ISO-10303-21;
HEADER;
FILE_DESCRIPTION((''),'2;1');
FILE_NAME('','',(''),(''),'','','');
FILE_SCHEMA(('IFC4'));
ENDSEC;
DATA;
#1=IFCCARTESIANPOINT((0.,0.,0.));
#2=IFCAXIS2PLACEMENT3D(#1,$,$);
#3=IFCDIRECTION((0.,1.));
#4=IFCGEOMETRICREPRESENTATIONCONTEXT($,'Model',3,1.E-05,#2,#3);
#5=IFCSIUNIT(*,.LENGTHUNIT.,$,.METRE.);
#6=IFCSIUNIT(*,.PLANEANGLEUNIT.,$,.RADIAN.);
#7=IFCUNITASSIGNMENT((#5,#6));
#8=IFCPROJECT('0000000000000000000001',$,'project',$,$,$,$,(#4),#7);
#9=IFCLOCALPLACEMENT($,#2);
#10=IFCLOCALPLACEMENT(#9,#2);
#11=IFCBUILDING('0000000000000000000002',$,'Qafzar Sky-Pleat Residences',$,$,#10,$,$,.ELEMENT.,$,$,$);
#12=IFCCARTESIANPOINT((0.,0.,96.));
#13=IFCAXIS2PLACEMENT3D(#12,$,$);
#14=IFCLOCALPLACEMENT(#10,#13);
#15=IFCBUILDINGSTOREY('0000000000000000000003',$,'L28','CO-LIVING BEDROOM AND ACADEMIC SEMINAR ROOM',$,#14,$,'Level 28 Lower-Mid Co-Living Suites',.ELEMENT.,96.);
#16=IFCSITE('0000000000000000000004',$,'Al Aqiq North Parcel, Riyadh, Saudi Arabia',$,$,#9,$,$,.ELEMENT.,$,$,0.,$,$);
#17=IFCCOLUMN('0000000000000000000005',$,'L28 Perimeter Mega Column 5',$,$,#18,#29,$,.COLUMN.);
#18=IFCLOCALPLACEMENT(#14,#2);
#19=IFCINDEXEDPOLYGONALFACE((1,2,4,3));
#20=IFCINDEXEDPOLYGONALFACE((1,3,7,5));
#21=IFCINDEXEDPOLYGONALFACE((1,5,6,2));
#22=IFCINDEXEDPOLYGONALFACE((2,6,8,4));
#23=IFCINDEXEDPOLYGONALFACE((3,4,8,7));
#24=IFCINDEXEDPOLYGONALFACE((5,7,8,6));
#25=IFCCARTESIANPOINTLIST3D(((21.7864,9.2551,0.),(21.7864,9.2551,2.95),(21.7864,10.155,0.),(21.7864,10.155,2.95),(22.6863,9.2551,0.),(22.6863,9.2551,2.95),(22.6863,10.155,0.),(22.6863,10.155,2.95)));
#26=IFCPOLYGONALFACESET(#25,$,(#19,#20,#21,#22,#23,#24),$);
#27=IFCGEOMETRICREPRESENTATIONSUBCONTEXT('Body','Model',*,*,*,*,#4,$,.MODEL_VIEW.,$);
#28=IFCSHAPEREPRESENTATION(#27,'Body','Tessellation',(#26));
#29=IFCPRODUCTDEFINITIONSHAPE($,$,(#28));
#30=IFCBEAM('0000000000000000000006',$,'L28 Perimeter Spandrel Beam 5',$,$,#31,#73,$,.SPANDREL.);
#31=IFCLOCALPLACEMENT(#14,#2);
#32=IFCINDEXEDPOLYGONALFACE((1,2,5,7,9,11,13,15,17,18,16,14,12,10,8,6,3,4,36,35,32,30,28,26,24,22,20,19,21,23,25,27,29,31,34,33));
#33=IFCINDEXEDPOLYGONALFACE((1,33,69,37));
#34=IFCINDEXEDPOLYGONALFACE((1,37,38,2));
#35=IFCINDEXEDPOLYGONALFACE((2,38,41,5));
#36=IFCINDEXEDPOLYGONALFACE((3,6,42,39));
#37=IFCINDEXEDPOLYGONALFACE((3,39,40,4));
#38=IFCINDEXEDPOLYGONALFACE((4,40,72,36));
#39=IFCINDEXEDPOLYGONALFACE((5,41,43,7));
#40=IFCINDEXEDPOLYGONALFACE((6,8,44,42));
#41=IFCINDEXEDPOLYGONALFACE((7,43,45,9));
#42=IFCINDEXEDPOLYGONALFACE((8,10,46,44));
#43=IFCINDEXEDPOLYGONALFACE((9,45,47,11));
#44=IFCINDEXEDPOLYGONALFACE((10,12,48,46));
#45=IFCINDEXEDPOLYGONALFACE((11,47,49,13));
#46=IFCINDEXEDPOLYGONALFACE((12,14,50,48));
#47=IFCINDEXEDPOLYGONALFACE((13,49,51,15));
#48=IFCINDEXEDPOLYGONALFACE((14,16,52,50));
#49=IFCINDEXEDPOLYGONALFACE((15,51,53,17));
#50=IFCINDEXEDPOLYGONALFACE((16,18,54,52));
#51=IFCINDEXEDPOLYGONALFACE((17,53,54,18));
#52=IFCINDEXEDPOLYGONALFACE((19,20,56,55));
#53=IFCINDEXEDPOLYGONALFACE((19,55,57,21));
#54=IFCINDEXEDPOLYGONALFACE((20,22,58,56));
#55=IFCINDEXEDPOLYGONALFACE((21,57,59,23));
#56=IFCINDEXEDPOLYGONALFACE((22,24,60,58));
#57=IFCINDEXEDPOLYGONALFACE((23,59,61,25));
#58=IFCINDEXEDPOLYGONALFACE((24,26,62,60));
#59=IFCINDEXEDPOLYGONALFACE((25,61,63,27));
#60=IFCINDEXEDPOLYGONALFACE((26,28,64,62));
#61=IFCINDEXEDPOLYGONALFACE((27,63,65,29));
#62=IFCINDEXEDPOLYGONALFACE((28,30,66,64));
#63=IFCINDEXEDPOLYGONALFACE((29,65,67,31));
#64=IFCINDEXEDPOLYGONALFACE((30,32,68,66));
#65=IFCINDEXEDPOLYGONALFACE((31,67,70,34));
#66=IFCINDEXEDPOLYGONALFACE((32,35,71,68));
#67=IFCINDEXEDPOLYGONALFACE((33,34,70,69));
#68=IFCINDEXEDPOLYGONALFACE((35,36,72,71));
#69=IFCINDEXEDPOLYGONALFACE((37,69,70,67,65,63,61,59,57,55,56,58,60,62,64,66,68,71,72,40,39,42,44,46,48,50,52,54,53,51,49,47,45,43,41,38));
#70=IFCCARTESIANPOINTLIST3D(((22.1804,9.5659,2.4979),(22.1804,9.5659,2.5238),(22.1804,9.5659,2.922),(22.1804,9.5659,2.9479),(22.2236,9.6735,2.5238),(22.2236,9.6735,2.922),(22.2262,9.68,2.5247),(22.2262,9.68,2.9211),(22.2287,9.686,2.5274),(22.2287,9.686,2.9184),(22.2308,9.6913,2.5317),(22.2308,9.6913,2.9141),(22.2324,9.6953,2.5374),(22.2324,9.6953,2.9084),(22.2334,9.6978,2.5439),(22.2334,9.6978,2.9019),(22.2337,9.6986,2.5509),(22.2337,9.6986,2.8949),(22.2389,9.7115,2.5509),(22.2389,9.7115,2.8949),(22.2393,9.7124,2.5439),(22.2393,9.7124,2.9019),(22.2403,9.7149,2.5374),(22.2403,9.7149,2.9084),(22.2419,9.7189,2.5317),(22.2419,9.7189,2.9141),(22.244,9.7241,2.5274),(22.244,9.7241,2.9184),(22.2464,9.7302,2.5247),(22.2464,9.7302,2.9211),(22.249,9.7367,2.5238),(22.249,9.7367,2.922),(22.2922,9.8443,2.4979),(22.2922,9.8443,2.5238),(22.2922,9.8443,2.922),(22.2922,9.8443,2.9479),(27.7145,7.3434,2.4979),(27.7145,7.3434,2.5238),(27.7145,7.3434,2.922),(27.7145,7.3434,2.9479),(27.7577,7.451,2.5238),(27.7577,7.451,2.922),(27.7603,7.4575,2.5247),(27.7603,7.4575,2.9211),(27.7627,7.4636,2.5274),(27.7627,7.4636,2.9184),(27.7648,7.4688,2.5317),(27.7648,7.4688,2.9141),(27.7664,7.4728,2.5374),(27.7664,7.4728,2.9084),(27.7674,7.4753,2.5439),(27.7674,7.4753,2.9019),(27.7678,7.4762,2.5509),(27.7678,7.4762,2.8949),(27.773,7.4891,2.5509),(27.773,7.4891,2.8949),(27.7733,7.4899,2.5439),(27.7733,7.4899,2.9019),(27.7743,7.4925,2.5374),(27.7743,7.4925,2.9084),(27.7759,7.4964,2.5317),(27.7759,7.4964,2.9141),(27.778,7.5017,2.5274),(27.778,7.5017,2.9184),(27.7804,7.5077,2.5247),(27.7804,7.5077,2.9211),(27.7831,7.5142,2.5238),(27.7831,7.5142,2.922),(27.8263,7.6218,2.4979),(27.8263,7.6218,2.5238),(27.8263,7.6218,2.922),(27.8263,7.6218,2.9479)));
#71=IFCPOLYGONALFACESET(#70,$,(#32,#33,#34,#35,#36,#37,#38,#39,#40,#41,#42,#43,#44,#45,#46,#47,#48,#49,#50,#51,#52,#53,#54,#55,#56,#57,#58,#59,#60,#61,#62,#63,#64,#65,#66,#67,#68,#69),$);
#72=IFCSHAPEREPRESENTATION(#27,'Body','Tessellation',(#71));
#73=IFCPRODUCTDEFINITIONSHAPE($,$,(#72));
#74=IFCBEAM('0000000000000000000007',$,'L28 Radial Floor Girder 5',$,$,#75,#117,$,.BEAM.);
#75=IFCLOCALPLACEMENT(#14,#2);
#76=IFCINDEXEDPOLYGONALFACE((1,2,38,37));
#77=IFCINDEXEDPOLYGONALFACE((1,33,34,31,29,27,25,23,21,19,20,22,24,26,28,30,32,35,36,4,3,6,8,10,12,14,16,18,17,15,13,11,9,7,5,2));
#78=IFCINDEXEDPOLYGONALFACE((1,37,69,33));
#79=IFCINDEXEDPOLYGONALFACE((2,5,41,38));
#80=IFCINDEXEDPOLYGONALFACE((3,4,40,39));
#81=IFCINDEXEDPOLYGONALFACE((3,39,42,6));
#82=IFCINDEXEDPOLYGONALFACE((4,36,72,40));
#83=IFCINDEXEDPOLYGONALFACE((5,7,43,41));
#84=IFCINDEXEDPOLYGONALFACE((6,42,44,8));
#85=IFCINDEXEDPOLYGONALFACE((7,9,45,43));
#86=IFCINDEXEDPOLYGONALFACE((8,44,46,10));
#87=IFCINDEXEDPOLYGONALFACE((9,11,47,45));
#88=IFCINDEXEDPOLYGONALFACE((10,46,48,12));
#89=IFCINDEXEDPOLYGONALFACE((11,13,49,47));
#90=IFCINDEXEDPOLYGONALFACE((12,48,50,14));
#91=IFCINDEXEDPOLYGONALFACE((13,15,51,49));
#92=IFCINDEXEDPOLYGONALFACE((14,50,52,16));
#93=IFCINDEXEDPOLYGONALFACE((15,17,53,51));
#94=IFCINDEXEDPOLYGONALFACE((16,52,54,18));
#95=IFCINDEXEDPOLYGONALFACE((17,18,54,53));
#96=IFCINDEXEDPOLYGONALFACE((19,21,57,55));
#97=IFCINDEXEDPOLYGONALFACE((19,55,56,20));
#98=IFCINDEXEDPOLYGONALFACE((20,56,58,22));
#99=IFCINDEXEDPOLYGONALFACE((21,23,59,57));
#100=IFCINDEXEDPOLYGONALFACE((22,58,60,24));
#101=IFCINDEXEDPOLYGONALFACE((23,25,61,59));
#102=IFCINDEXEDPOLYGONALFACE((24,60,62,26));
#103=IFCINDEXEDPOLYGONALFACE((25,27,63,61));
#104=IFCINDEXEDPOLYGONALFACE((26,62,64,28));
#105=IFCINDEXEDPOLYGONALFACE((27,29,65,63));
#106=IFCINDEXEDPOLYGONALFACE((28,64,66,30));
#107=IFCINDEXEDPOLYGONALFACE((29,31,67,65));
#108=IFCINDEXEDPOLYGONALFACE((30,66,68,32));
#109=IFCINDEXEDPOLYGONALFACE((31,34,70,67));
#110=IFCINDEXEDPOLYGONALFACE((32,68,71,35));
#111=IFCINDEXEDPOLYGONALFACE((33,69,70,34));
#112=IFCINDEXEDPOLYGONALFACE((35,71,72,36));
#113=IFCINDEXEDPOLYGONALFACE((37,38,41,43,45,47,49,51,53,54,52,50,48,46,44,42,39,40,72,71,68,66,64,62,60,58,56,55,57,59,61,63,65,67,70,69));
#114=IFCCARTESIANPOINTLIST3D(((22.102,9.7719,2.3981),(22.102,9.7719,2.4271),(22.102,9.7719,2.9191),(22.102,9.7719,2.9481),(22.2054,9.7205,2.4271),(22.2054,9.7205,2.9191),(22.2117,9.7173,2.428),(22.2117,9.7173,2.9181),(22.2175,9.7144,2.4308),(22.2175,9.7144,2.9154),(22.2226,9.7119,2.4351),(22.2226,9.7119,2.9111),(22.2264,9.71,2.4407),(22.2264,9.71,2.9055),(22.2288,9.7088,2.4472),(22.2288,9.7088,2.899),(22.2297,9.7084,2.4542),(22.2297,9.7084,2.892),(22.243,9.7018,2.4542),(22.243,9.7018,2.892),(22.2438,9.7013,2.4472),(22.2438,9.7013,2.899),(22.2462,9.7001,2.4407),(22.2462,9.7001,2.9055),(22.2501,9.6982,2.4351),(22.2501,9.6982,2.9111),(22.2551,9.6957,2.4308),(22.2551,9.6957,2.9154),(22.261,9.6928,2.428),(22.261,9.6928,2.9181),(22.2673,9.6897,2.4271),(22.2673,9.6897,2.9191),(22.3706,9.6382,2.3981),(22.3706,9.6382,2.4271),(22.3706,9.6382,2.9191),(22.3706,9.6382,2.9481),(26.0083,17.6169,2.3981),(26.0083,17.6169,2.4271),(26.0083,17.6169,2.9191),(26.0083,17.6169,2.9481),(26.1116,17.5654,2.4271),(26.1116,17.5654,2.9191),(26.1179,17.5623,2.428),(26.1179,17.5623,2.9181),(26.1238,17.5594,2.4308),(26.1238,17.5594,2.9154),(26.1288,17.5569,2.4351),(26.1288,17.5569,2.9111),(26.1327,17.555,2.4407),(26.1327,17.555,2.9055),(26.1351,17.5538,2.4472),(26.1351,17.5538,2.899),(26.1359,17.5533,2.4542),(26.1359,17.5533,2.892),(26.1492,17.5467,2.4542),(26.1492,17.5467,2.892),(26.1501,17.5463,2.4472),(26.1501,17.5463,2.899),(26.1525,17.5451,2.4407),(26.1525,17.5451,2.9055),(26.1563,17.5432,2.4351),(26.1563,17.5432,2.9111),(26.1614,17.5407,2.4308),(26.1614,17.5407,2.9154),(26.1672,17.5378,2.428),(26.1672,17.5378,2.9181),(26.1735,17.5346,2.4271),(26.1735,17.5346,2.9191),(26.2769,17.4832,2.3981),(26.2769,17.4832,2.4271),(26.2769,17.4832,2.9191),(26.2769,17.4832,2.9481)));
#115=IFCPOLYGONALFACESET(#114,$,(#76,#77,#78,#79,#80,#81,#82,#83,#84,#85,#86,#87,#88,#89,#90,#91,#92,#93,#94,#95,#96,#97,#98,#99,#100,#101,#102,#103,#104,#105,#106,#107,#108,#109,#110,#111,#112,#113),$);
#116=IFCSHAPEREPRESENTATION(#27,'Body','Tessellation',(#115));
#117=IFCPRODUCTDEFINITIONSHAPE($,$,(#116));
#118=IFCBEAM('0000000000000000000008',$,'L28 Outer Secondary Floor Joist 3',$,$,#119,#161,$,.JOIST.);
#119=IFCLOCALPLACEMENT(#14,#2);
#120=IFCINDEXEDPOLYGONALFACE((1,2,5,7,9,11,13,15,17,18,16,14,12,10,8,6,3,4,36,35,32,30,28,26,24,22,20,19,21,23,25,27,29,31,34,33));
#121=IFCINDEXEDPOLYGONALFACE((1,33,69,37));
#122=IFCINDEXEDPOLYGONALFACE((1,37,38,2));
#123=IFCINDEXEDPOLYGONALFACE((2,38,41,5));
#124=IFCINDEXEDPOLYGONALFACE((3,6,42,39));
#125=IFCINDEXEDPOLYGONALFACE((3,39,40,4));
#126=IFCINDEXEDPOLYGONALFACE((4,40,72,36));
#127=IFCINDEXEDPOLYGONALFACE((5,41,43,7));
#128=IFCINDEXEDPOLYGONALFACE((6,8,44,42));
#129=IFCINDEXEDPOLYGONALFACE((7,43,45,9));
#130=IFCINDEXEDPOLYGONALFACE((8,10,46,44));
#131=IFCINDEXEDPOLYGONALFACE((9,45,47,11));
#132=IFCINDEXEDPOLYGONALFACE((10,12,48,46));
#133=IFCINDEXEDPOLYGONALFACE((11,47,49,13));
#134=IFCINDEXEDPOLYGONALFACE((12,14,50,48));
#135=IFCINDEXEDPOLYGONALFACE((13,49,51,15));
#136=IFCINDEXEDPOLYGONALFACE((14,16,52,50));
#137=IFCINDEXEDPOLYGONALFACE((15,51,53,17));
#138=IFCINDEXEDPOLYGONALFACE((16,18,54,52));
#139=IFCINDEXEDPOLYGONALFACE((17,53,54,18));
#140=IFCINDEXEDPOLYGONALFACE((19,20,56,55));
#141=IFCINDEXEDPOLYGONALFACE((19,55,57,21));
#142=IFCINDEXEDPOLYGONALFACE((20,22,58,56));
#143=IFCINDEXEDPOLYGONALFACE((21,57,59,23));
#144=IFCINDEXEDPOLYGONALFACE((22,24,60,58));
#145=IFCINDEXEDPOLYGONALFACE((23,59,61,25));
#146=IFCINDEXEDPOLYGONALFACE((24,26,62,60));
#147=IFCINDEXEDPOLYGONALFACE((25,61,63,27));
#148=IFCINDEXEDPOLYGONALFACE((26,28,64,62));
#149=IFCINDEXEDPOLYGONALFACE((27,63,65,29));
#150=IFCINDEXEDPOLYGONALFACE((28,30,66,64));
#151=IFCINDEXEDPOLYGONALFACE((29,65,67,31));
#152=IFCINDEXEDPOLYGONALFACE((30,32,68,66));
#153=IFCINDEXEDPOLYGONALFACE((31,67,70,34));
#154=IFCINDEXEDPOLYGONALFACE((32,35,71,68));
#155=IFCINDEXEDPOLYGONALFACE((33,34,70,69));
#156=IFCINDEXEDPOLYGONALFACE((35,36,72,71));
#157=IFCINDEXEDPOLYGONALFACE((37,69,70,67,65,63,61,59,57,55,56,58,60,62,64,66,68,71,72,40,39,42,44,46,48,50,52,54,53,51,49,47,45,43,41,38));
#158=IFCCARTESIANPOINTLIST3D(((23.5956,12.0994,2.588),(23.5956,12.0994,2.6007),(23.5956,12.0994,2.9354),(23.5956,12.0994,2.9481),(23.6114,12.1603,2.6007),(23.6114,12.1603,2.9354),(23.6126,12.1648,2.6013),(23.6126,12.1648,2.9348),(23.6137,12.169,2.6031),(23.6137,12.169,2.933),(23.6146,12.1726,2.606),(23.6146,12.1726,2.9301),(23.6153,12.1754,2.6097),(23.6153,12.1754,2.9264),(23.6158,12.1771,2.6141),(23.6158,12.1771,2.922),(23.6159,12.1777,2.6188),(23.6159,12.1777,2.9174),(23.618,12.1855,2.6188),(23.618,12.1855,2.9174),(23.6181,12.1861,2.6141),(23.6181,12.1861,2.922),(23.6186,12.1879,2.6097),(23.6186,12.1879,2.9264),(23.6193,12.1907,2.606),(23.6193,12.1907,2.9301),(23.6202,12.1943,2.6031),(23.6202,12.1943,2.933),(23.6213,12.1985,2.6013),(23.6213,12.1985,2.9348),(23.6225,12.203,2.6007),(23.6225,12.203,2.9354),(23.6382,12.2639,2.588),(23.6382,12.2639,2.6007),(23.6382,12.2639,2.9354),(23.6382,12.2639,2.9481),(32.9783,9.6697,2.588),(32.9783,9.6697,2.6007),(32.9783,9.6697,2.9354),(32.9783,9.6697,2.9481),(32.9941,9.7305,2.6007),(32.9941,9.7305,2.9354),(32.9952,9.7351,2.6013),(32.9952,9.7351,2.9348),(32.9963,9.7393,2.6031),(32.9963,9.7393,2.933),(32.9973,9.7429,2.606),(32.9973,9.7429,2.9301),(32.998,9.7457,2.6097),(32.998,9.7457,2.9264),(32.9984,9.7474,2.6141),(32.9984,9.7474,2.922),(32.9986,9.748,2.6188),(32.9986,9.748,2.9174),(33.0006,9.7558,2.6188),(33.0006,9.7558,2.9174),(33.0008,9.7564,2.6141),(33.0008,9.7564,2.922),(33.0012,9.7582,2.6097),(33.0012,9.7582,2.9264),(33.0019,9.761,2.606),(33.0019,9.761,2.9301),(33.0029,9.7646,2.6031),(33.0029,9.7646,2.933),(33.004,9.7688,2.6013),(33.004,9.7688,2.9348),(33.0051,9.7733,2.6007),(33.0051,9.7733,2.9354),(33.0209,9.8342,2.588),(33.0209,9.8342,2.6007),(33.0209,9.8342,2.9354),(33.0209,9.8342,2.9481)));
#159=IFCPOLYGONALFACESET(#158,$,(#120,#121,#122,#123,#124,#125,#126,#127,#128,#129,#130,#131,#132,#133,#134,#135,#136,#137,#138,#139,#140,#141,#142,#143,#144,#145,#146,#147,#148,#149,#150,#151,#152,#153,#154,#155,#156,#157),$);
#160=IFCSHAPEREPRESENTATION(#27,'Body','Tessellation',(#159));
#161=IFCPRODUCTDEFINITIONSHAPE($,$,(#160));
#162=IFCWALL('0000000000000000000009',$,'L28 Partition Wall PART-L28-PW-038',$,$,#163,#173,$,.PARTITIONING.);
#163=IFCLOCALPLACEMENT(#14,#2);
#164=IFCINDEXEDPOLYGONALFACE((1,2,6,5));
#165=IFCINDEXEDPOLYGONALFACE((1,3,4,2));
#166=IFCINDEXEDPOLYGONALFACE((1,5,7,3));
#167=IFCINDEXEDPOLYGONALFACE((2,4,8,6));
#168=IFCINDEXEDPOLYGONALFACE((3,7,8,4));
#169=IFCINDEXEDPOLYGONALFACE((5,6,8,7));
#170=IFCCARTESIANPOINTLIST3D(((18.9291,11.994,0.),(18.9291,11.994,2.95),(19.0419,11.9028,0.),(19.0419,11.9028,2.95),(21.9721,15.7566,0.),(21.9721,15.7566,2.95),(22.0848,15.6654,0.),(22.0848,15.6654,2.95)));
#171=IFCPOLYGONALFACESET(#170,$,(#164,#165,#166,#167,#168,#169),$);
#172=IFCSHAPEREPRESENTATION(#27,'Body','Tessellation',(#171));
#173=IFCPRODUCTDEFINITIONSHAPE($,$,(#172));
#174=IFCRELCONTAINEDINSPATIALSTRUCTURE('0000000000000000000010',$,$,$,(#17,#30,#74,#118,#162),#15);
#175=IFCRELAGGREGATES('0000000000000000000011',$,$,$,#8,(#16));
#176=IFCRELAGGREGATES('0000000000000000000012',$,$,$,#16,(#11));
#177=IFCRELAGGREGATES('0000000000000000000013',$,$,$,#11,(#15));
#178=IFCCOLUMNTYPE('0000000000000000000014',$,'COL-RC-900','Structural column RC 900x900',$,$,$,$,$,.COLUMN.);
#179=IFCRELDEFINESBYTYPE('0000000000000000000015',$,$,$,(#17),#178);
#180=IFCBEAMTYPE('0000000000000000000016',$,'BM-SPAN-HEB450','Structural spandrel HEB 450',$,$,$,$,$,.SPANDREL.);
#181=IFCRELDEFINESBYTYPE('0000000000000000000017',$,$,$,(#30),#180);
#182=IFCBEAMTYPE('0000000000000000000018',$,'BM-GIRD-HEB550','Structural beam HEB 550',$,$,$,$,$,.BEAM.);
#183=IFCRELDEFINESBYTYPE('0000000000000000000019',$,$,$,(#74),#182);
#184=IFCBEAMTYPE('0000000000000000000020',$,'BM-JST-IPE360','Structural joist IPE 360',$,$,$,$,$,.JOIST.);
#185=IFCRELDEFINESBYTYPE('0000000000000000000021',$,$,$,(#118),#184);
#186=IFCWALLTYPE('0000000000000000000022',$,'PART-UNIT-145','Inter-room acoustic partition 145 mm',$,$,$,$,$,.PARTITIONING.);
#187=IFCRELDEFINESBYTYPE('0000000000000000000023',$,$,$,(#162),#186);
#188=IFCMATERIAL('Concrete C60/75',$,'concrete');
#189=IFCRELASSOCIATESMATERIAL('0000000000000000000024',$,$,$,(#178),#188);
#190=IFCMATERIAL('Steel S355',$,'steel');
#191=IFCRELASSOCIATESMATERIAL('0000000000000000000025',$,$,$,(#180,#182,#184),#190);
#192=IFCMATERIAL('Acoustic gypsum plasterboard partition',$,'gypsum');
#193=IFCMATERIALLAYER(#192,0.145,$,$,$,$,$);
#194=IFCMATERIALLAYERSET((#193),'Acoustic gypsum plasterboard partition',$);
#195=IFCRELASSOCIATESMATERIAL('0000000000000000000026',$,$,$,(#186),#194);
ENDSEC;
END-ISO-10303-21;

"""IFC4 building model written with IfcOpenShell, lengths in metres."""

from ifc_helpers import new_model, si_unit, direction, frame, frame_2d, origin, origin_2d, place, context, subcontext, project, spatial, rectangle, i_section, extrude, source, transform, mapped, material, layer, layer_set, material_profile, profile_set, type_object, element, save


model = new_model("IFC4")

# Units and contexts
model_context = context("Model", 3, precision=1e-05, world=origin(), true_north=direction((0.0, 1.0)))
body_context = subcontext(model_context, "Body", "Model", "MODEL_VIEW")
ifc_project = project(units=[si_unit("LENGTHUNIT", "METRE"), si_unit("PLANEANGLEUNIT", "RADIAN")], contexts=[model_context])

# Site, building, storey
site_placement = place(None, origin())
site = spatial("IfcSite", under=ifc_project, at=site_placement, Name="Al Aqiq North Parcel, Riyadh, Saudi Arabia", CompositionType="ELEMENT", RefElevation=0.0)
building_placement = place(site_placement, origin())
building = spatial("IfcBuilding", under=site, at=building_placement, Name="Qafzar Sky-Pleat Residences", CompositionType="ELEMENT")
storey_placement = place(building_placement, frame((0.0, 0.0, 96.0)))
storey = spatial("IfcBuildingStorey", under=building, at=storey_placement, Name="L28", Description="CO-LIVING BEDROOM AND ACADEMIC SEMINAR ROOM", LongName="Level 28 Lower-Mid Co-Living Suites", CompositionType="ELEMENT", Elevation=96.0)

# Column
ifc_material_1 = material(Name="Concrete C60/75", Category="concrete")
ifc_material_profile_1 = material_profile(ifc_material_1, rectangle(XDim=0.8999, YDim=0.8999, at=origin_2d()), Name="RC 900x900")
ifc_profile_set_1 = profile_set([ifc_material_profile_1], Name="Concrete C60/75")
column_type = type_object("IfcColumnType", Name="COL-RC-900", Description="Structural column RC 900x900", PredefinedType="COLUMN", material=ifc_profile_set_1)
shared_shape_1 = source(origin(), body_context, "Body", "SweptSolid", [
    extrude(rectangle(XDim=0.8999, YDim=0.8999, at=origin_2d()), origin(), (0.0, 0.0, 1.0), 2.95),
])
column_placement = place(storey_placement, frame((22.2363, 9.7051, 0.0), z_axis=(0.0, 0.0, 1.0), x_axis=(1.0, 0.0, 0.0)))
element("IfcColumn", 1, at=column_placement, inside=storey, type_object=column_type, Name="L28 Perimeter Mega Column 5", PredefinedType="COLUMN", context=body_context, shape_type="MappedRepresentation", body=[
    mapped(shared_shape_1, transform((0.0, 0.0, 0.0), x_axis=(1.0, 0.0, 0.0), y_axis=(0.0, 1.0, 0.0), z_axis=(0.0, 0.0, 1.0), scale=1.0)),
])

# Beams
ifc_material_2 = material(Name="Steel S355", Category="steel")
ifc_material_profile_2 = material_profile(ifc_material_2, i_section(OverallWidth=0.3, OverallDepth=0.45, WebThickness=0.0139, FlangeThickness=0.0259, FilletRadius=0.0271, at=origin_2d()), Name="HEB 450")
ifc_profile_set_2 = profile_set([ifc_material_profile_2], Name="Steel S355")
beam_type_1 = type_object("IfcBeamType", Name="BM-SPAN-HEB450", Description="Structural spandrel HEB 450", PredefinedType="SPANDREL", material=ifc_profile_set_2)
shared_shape_2 = source(origin(), body_context, "Body", "SweptSolid", [
    extrude(i_section(OverallWidth=0.3, OverallDepth=0.45, WebThickness=0.0139, FlangeThickness=0.0259, FilletRadius=0.0271, at=origin_2d()), origin(), (0.0, 0.0, 1.0), 5.9636),
])
beam_1_placement = place(storey_placement, frame((22.2363, 9.7051, 2.7229), z_axis=(0.927965, -0.372668, 0.0), x_axis=(0.372668, 0.927965, 0.0)))
element("IfcBeam", 2, at=beam_1_placement, inside=storey, type_object=beam_type_1, Name="L28 Perimeter Spandrel Beam 5", PredefinedType="SPANDREL", context=body_context, shape_type="MappedRepresentation", body=[
    mapped(shared_shape_2, transform((0.0, 0.0, 0.0), x_axis=(1.0, 0.0, 0.0), y_axis=(0.0, 1.0, 0.0), z_axis=(0.0, 0.0, 1.0), scale=1.0)),
])
ifc_material_profile_3 = material_profile(ifc_material_2, i_section(OverallWidth=0.3, OverallDepth=0.55, WebThickness=0.0149, FlangeThickness=0.0291, FilletRadius=0.0271, at=origin_2d()), Name="HEB 550")
ifc_profile_set_3 = profile_set([ifc_material_profile_3], Name="Steel S355")
beam_type_2 = type_object("IfcBeamType", Name="BM-GIRD-HEB550", Description="Structural beam HEB 550", PredefinedType="BEAM", material=ifc_profile_set_3)
shared_shape_3 = source(origin(), body_context, "Body", "SweptSolid", [
    extrude(i_section(OverallWidth=0.3, OverallDepth=0.55, WebThickness=0.0149, FlangeThickness=0.0291, FilletRadius=0.0271, at=origin_2d()), origin(), (0.0, 0.0, 1.0), 8.7637),
])
beam_2_placement = place(storey_placement, frame((22.2363, 9.7051, 2.6731), z_axis=(0.445731, 0.895167, 0.0), x_axis=(-0.895167, 0.445731, 0.0)))
element("IfcBeam", 3, at=beam_2_placement, inside=storey, type_object=beam_type_2, Name="L28 Radial Floor Girder 5", PredefinedType="BEAM", context=body_context, shape_type="MappedRepresentation", body=[
    mapped(shared_shape_3, transform((0.0, 0.0, 0.0), x_axis=(1.0, 0.0, 0.0), y_axis=(0.0, 1.0, 0.0), z_axis=(0.0, 0.0, 1.0), scale=1.0)),
])
ifc_material_profile_4 = material_profile(ifc_material_2, i_section(OverallWidth=0.1699, OverallDepth=0.3601, WebThickness=0.0081, FlangeThickness=0.0127, FilletRadius=0.0181, at=origin_2d()), Name="IPE 360")
ifc_profile_set_4 = profile_set([ifc_material_profile_4], Name="Steel S355")
beam_type_3 = type_object("IfcBeamType", Name="BM-JST-IPE360", Description="Structural joist IPE 360", PredefinedType="JOIST", material=ifc_profile_set_4)
shared_shape_4 = source(origin(), body_context, "Body", "SweptSolid", [
    extrude(i_section(OverallWidth=0.1699, OverallDepth=0.3601, WebThickness=0.0081, FlangeThickness=0.0127, FilletRadius=0.0181, at=origin_2d()), origin(), (0.0, 0.0, 1.0), 9.6921),
])
beam_3_placement = place(storey_placement, frame((23.6169, 12.1816, 2.7681), z_axis=(0.968068, -0.250689, 0.0), x_axis=(0.250689, 0.968068, 0.0)))
element("IfcBeam", 4, at=beam_3_placement, inside=storey, type_object=beam_type_3, Name="L28 Outer Secondary Floor Joist 3", PredefinedType="JOIST", context=body_context, shape_type="MappedRepresentation", body=[
    mapped(shared_shape_4, transform((0.0, 0.0, 0.0), x_axis=(1.0, 0.0, 0.0), y_axis=(0.0, 1.0, 0.0), z_axis=(0.0, 0.0, 1.0), scale=1.0)),
])

# Wall
ifc_material_3 = material(Name="Acoustic gypsum plasterboard partition", Category="gypsum")
ifc_layer_1 = layer(ifc_material_3, 0.145)
ifc_layer_set_1 = layer_set([ifc_layer_1], Name="Acoustic gypsum plasterboard partition")
wall_type_1 = type_object("IfcWallType", Name="PART-UNIT-145", Description="Inter-room acoustic partition 145 mm", PredefinedType="PARTITIONING", material=ifc_layer_set_1)
wall_1_placement = place(storey_placement, frame((18.9856, 11.9485, 0.0), z_axis=(0.0, 0.0, 1.0), x_axis=(0.628821, 0.77755, 0.0)))
element("IfcWall", 5, at=wall_1_placement, inside=storey, type_object=wall_type_1, Name="L28 Partition Wall PART-L28-PW-038", PredefinedType="PARTITIONING", context=body_context, shape_type="SweptSolid", body=[
    extrude(rectangle(XDim=4.8391, YDim=0.145, at=frame_2d((2.4194, 0.0))), origin(), (0.0, 0.0, 1.0), 2.95),
])

save(model, "model.ifc")
